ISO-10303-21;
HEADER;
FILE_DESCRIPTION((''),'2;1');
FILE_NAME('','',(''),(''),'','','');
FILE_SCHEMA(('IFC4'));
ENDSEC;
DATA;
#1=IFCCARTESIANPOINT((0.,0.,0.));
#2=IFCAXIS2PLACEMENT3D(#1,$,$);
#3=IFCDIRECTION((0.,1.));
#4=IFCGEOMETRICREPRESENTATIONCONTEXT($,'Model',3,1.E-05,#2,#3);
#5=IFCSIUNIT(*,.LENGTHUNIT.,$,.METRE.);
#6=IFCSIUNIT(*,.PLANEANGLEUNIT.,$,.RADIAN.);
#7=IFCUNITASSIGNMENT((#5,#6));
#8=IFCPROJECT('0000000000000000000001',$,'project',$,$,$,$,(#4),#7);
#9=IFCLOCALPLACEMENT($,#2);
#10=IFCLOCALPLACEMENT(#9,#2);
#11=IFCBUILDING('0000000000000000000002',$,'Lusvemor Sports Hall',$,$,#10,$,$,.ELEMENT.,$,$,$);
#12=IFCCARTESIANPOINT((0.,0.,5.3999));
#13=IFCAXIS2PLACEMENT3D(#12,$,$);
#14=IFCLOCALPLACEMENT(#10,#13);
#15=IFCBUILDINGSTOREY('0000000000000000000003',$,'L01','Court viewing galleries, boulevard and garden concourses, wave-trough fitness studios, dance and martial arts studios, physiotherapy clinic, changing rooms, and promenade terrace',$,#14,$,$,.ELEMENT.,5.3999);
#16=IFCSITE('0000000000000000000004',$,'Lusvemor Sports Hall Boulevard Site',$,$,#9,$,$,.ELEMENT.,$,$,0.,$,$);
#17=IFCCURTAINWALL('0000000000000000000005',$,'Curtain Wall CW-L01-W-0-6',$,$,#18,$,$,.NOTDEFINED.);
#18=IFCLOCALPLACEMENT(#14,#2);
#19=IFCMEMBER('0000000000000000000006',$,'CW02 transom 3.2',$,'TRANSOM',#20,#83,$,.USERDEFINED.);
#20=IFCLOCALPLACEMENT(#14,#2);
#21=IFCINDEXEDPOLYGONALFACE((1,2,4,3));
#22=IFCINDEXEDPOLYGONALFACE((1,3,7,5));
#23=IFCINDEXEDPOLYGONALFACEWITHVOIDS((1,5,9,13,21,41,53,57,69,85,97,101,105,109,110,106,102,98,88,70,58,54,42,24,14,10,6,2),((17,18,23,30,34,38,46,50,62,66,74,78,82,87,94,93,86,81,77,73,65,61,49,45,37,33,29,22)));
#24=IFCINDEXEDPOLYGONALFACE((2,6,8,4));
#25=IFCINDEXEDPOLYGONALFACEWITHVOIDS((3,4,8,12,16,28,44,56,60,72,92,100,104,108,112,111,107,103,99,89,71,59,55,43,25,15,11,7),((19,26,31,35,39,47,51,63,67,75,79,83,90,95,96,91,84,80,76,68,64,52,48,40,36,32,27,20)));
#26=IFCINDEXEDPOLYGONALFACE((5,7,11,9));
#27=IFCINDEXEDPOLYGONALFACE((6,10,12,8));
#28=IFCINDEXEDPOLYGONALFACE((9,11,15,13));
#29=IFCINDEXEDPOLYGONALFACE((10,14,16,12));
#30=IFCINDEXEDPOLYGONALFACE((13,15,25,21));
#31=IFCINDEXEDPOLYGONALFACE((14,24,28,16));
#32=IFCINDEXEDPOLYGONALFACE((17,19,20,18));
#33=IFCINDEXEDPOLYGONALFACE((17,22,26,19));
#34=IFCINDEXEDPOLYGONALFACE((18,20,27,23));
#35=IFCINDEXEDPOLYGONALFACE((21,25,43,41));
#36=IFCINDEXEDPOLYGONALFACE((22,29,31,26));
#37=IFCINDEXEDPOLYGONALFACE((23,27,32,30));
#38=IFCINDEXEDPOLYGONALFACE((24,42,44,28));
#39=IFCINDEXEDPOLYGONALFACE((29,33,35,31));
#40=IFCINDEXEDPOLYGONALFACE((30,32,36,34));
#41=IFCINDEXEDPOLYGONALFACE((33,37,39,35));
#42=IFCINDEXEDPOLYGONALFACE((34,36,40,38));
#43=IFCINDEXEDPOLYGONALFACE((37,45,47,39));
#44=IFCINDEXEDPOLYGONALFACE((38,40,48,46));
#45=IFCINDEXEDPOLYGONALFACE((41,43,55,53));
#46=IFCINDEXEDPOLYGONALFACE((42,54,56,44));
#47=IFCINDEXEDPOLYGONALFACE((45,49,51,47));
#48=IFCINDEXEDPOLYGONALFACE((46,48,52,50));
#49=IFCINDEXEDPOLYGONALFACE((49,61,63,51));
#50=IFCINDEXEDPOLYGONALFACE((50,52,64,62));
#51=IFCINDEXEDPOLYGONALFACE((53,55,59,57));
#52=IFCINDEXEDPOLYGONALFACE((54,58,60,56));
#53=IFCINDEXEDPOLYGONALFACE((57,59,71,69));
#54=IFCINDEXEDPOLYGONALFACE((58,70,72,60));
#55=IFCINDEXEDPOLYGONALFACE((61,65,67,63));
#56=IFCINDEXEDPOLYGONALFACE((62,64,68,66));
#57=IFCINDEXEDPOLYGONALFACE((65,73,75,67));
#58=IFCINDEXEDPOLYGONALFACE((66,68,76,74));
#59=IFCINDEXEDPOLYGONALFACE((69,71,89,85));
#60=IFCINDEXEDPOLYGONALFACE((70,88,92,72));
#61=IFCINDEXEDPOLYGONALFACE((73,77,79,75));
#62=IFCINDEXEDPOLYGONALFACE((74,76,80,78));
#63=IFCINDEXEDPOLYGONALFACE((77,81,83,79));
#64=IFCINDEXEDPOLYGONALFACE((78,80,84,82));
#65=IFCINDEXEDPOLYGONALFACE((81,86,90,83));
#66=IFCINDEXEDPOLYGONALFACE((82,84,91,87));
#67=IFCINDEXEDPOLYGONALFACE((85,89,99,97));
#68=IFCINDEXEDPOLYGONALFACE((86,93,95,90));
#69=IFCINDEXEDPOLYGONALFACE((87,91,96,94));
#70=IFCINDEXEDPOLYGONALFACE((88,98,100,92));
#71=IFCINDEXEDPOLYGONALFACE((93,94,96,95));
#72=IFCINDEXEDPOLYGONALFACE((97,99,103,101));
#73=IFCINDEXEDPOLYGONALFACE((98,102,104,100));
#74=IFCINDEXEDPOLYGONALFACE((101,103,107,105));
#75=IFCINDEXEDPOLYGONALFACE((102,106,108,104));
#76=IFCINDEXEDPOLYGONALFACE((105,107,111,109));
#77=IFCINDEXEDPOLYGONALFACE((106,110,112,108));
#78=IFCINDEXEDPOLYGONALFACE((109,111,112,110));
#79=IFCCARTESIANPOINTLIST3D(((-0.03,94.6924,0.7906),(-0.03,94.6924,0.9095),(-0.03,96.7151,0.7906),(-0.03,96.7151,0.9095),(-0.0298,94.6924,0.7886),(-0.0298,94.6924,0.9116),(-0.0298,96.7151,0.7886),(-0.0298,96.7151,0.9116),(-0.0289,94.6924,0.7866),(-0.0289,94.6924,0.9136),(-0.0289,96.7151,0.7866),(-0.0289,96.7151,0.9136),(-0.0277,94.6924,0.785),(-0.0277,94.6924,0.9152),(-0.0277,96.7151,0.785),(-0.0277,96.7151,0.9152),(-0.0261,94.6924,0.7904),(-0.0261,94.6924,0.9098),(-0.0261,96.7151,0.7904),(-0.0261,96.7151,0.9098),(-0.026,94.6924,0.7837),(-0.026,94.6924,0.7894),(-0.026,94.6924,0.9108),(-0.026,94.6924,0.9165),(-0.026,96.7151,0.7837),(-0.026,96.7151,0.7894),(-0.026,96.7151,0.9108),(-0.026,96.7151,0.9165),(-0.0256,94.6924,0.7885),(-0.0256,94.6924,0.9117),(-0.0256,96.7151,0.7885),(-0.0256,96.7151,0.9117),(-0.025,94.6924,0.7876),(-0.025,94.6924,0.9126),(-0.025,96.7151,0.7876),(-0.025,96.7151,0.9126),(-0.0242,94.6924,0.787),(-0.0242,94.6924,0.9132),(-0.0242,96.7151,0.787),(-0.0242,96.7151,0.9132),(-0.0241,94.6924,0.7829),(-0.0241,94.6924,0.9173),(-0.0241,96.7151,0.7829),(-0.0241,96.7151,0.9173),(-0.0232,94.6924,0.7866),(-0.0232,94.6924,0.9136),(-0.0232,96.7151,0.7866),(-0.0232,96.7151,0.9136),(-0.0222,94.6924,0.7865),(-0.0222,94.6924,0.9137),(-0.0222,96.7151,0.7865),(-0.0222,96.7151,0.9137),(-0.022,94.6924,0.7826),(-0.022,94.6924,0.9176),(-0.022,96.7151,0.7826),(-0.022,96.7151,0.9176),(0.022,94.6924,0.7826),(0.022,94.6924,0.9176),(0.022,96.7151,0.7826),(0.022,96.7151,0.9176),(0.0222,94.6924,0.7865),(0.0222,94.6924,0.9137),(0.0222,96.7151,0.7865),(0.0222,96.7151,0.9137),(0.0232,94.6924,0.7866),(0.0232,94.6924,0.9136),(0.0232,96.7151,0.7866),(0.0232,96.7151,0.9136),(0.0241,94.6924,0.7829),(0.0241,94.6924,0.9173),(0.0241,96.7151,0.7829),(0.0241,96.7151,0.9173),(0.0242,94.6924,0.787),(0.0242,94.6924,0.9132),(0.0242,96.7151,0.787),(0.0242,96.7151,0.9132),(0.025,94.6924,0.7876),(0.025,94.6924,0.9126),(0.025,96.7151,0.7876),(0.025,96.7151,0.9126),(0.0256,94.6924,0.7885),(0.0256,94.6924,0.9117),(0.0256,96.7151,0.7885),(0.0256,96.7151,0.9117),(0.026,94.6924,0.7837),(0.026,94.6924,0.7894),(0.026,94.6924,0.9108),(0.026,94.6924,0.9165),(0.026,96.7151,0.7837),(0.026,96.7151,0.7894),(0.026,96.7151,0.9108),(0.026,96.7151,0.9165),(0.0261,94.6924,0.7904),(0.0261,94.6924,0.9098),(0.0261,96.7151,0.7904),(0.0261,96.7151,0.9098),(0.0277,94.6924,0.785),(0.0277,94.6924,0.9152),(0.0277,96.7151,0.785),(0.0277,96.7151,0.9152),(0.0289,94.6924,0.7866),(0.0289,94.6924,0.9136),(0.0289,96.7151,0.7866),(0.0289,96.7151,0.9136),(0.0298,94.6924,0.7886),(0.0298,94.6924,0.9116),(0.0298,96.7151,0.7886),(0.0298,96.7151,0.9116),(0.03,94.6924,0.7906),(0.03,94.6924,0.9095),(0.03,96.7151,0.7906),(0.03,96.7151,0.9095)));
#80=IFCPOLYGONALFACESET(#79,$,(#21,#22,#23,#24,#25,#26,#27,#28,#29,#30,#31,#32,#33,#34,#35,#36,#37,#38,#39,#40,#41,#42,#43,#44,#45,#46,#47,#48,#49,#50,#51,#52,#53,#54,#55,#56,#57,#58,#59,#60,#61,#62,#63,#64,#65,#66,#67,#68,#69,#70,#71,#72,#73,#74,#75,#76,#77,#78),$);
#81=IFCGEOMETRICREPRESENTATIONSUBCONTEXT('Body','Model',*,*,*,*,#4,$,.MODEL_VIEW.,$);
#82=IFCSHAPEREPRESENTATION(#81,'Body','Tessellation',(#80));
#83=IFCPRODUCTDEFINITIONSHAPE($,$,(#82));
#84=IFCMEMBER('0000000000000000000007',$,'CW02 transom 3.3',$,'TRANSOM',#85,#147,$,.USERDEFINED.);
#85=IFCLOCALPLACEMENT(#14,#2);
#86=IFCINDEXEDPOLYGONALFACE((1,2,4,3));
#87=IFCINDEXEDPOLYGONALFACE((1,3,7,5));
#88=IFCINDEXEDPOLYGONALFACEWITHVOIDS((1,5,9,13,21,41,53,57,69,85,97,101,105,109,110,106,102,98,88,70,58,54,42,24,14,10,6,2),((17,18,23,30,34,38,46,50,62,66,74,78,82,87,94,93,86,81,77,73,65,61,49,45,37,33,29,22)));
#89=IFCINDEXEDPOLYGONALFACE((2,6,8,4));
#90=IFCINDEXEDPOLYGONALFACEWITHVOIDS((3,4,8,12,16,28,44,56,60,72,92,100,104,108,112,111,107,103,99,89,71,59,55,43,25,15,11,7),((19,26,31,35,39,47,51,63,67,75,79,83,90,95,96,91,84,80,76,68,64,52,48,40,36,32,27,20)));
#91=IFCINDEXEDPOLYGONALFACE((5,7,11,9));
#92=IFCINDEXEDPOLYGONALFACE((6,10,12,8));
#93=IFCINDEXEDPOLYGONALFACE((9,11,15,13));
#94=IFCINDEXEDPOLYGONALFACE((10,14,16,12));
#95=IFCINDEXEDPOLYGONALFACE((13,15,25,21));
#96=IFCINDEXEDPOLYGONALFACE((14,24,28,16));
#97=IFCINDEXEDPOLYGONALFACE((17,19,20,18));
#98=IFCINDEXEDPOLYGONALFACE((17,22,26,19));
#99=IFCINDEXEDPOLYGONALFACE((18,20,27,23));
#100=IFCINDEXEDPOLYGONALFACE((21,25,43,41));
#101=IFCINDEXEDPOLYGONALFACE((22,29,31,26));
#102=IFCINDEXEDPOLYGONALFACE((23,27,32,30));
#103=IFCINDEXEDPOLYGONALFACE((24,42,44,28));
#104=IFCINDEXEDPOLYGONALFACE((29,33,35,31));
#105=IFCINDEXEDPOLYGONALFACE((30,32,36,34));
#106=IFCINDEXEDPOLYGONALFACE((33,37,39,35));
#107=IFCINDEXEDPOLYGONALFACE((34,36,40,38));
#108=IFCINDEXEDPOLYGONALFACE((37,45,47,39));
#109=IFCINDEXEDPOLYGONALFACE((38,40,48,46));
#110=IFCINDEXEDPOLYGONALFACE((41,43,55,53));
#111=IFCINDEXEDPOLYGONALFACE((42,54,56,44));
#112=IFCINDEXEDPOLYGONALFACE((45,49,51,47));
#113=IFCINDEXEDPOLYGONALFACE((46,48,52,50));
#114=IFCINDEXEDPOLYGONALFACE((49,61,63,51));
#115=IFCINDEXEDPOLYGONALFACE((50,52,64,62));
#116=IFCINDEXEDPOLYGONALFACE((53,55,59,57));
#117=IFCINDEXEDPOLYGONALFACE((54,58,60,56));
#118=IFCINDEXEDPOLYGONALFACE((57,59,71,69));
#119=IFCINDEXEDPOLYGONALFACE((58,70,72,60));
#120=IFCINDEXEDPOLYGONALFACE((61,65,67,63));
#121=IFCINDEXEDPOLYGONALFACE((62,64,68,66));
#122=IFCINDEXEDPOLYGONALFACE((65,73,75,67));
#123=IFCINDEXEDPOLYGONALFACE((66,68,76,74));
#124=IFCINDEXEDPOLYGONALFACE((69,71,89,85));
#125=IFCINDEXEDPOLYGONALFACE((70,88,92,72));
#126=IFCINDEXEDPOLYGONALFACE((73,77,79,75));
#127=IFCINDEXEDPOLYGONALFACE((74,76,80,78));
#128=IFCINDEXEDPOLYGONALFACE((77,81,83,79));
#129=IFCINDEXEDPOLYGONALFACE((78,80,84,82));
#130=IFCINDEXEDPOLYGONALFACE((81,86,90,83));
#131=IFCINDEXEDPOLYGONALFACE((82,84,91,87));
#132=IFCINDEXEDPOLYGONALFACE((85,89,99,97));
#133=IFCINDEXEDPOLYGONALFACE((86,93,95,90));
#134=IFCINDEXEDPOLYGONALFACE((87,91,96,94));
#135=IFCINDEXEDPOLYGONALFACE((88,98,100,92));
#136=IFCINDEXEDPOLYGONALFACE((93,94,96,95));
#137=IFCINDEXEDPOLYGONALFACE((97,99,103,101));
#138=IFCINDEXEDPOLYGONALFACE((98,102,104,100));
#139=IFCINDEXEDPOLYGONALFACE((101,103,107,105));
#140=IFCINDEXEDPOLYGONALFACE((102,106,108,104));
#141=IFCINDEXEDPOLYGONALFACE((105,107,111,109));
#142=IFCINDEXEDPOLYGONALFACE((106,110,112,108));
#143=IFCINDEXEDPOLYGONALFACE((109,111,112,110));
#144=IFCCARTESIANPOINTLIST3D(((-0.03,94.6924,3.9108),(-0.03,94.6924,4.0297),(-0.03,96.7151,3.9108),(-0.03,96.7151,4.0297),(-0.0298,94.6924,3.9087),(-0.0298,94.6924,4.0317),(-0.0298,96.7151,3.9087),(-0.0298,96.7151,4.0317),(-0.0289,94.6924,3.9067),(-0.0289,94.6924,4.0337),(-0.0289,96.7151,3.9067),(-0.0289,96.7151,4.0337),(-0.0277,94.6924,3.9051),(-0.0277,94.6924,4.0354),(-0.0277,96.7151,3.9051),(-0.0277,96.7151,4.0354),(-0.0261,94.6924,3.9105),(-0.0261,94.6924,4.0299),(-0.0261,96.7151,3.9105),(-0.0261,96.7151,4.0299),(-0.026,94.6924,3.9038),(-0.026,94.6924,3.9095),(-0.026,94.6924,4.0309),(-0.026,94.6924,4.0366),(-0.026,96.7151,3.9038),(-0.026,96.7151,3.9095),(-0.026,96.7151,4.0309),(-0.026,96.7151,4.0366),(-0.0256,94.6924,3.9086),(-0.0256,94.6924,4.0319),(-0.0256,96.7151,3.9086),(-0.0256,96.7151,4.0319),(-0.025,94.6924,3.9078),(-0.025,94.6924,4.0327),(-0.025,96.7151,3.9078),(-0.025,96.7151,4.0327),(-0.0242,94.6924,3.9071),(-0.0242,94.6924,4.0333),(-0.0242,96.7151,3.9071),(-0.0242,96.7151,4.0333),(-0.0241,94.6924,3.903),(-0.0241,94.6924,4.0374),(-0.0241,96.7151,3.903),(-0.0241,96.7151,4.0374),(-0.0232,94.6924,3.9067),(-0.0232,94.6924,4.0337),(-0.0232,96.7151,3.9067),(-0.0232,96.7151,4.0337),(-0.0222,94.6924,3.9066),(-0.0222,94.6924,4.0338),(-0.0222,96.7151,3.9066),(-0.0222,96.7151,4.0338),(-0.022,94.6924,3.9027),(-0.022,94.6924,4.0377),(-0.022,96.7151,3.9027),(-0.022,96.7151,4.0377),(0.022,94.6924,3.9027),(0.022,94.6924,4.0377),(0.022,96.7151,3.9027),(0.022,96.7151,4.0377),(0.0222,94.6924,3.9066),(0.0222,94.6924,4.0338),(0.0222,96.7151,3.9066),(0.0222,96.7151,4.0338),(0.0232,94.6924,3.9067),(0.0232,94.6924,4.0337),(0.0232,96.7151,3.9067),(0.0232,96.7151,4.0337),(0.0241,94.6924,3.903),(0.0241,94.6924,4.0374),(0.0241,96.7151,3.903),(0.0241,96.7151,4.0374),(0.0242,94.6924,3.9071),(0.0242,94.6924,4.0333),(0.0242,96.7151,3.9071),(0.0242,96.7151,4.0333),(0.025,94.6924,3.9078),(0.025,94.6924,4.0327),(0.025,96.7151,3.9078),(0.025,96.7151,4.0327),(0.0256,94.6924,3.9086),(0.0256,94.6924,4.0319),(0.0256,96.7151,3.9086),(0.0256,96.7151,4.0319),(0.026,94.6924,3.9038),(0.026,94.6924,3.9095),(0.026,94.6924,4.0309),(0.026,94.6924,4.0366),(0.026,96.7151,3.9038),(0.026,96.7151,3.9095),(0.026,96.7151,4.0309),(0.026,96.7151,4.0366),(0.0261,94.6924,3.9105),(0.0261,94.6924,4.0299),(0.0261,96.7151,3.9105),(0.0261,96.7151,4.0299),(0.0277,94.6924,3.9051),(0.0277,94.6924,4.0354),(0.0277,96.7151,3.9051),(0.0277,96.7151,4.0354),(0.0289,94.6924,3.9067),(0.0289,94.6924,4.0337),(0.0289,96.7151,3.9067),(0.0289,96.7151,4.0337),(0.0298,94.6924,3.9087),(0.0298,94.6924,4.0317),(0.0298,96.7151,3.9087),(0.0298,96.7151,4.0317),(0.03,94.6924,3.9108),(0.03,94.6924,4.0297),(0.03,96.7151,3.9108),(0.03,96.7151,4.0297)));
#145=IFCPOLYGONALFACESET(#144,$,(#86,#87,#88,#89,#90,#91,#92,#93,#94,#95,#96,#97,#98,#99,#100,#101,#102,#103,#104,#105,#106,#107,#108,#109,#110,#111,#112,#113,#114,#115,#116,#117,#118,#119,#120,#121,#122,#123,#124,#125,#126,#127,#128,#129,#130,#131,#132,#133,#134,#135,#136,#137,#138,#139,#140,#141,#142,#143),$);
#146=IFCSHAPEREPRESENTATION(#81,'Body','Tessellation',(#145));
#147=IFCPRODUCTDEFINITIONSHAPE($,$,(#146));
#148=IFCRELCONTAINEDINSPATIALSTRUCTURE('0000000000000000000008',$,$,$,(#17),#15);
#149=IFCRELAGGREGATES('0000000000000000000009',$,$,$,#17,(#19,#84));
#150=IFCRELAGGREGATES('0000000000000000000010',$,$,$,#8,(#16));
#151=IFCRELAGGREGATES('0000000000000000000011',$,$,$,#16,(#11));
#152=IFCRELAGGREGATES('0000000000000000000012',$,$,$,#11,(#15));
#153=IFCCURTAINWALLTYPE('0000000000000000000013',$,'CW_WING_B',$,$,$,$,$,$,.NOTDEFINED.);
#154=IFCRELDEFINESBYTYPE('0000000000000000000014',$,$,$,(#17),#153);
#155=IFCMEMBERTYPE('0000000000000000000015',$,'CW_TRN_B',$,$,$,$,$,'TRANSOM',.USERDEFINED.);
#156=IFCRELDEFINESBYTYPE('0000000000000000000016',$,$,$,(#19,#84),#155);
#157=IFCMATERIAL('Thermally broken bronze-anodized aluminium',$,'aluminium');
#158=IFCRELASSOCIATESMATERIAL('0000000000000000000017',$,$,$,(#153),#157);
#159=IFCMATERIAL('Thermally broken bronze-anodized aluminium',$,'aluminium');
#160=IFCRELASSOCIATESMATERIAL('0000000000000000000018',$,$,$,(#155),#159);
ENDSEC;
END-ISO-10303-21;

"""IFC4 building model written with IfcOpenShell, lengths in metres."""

from ifc_helpers import new_model, si_unit, direction, frame, origin, origin_2d, place, context, subcontext, project, spatial, hollow_rectangle, extrude, material, material_profile, profile_set, type_object, element, aggregate, save


model = new_model("IFC4")

# Units and contexts
model_context = context("Model", 3, precision=1e-05, world=origin(), true_north=direction((0.0, 1.0)))
body_context = subcontext(model_context, "Body", "Model", "MODEL_VIEW")
ifc_project = project(units=[si_unit("LENGTHUNIT", "METRE"), si_unit("PLANEANGLEUNIT", "RADIAN")], contexts=[model_context])

# Site, building, storey
site_placement = place(None, origin())
site = spatial("IfcSite", under=ifc_project, at=site_placement, Name="Lusvemor Sports Hall Boulevard Site", CompositionType="ELEMENT", RefElevation=0.0)
building_placement = place(site_placement, origin())
building = spatial("IfcBuilding", under=site, at=building_placement, Name="Lusvemor Sports Hall", CompositionType="ELEMENT")
storey_placement = place(building_placement, frame((0.0, 0.0, 5.3999)))
storey = spatial("IfcBuildingStorey", under=building, at=storey_placement, Name="L01", Description="Court viewing galleries, boulevard and garden concourses, wave-trough fitness studios, dance and martial arts studios, physiotherapy clinic, changing rooms, and promenade terrace", CompositionType="ELEMENT", Elevation=5.3999)

# Curtain wall, members
ifc_material_1 = material(Name="Thermally broken bronze-anodized aluminium", Category="aluminium")
curtain_wall_type = type_object("IfcCurtainWallType", Name="CW_WING_B", PredefinedType="NOTDEFINED", material=ifc_material_1)
curtain_wall_placement = place(storey_placement, origin())
curtain_wall = element("IfcCurtainWall", 1, at=curtain_wall_placement, inside=storey, type_object=curtain_wall_type, Name="Curtain Wall CW-L01-W-0-6", PredefinedType="NOTDEFINED")
ifc_material_2 = material(Name="Thermally broken bronze-anodized aluminium", Category="aluminium")
ifc_material_profile_1 = material_profile(ifc_material_2, hollow_rectangle(XDim=0.0601, YDim=0.135, WallThickness=0.0039, InnerFilletRadius=0.0039, OuterFilletRadius=0.0081, at=origin_2d()), Name="CWTRN135x60x4")
ifc_profile_set_1 = profile_set([ifc_material_profile_1], Name="Thermally broken bronze-anodized aluminium")
member_type_1 = type_object("IfcMemberType", Name="CW_TRN_B", ElementType="TRANSOM", PredefinedType="USERDEFINED", material=ifc_profile_set_1)
member_1_placement = place(storey_placement, frame((0.0, 94.6924, 0.8501), z_axis=(0.0, 1.0, 0.0), x_axis=(-1.0, 0.0, 0.0)))
member_1 = element("IfcMember", 2, at=member_1_placement, type_object=member_type_1, Name="CW02 transom 3.2", ObjectType="TRANSOM", PredefinedType="USERDEFINED", context=body_context, shape_type="SweptSolid", body=[
    extrude(hollow_rectangle(XDim=0.0601, YDim=0.135, WallThickness=0.0039, InnerFilletRadius=0.0039, OuterFilletRadius=0.0081, at=origin_2d()), origin(), (0.0, 0.0, 1.0), 2.0227),
])
member_2_placement = place(storey_placement, frame((0.0, 94.6924, 3.9702), z_axis=(0.0, 1.0, 0.0), x_axis=(-1.0, 0.0, 0.0)))
member_2 = element("IfcMember", 3, at=member_2_placement, type_object=member_type_1, Name="CW02 transom 3.3", ObjectType="TRANSOM", PredefinedType="USERDEFINED", context=body_context, shape_type="SweptSolid", body=[
    extrude(hollow_rectangle(XDim=0.0601, YDim=0.135, WallThickness=0.0039, InnerFilletRadius=0.0039, OuterFilletRadius=0.0081, at=origin_2d()), origin(), (0.0, 0.0, 1.0), 2.0227),
])

aggregate(curtain_wall, [member_1, member_2])

save(model, "model.ifc")
